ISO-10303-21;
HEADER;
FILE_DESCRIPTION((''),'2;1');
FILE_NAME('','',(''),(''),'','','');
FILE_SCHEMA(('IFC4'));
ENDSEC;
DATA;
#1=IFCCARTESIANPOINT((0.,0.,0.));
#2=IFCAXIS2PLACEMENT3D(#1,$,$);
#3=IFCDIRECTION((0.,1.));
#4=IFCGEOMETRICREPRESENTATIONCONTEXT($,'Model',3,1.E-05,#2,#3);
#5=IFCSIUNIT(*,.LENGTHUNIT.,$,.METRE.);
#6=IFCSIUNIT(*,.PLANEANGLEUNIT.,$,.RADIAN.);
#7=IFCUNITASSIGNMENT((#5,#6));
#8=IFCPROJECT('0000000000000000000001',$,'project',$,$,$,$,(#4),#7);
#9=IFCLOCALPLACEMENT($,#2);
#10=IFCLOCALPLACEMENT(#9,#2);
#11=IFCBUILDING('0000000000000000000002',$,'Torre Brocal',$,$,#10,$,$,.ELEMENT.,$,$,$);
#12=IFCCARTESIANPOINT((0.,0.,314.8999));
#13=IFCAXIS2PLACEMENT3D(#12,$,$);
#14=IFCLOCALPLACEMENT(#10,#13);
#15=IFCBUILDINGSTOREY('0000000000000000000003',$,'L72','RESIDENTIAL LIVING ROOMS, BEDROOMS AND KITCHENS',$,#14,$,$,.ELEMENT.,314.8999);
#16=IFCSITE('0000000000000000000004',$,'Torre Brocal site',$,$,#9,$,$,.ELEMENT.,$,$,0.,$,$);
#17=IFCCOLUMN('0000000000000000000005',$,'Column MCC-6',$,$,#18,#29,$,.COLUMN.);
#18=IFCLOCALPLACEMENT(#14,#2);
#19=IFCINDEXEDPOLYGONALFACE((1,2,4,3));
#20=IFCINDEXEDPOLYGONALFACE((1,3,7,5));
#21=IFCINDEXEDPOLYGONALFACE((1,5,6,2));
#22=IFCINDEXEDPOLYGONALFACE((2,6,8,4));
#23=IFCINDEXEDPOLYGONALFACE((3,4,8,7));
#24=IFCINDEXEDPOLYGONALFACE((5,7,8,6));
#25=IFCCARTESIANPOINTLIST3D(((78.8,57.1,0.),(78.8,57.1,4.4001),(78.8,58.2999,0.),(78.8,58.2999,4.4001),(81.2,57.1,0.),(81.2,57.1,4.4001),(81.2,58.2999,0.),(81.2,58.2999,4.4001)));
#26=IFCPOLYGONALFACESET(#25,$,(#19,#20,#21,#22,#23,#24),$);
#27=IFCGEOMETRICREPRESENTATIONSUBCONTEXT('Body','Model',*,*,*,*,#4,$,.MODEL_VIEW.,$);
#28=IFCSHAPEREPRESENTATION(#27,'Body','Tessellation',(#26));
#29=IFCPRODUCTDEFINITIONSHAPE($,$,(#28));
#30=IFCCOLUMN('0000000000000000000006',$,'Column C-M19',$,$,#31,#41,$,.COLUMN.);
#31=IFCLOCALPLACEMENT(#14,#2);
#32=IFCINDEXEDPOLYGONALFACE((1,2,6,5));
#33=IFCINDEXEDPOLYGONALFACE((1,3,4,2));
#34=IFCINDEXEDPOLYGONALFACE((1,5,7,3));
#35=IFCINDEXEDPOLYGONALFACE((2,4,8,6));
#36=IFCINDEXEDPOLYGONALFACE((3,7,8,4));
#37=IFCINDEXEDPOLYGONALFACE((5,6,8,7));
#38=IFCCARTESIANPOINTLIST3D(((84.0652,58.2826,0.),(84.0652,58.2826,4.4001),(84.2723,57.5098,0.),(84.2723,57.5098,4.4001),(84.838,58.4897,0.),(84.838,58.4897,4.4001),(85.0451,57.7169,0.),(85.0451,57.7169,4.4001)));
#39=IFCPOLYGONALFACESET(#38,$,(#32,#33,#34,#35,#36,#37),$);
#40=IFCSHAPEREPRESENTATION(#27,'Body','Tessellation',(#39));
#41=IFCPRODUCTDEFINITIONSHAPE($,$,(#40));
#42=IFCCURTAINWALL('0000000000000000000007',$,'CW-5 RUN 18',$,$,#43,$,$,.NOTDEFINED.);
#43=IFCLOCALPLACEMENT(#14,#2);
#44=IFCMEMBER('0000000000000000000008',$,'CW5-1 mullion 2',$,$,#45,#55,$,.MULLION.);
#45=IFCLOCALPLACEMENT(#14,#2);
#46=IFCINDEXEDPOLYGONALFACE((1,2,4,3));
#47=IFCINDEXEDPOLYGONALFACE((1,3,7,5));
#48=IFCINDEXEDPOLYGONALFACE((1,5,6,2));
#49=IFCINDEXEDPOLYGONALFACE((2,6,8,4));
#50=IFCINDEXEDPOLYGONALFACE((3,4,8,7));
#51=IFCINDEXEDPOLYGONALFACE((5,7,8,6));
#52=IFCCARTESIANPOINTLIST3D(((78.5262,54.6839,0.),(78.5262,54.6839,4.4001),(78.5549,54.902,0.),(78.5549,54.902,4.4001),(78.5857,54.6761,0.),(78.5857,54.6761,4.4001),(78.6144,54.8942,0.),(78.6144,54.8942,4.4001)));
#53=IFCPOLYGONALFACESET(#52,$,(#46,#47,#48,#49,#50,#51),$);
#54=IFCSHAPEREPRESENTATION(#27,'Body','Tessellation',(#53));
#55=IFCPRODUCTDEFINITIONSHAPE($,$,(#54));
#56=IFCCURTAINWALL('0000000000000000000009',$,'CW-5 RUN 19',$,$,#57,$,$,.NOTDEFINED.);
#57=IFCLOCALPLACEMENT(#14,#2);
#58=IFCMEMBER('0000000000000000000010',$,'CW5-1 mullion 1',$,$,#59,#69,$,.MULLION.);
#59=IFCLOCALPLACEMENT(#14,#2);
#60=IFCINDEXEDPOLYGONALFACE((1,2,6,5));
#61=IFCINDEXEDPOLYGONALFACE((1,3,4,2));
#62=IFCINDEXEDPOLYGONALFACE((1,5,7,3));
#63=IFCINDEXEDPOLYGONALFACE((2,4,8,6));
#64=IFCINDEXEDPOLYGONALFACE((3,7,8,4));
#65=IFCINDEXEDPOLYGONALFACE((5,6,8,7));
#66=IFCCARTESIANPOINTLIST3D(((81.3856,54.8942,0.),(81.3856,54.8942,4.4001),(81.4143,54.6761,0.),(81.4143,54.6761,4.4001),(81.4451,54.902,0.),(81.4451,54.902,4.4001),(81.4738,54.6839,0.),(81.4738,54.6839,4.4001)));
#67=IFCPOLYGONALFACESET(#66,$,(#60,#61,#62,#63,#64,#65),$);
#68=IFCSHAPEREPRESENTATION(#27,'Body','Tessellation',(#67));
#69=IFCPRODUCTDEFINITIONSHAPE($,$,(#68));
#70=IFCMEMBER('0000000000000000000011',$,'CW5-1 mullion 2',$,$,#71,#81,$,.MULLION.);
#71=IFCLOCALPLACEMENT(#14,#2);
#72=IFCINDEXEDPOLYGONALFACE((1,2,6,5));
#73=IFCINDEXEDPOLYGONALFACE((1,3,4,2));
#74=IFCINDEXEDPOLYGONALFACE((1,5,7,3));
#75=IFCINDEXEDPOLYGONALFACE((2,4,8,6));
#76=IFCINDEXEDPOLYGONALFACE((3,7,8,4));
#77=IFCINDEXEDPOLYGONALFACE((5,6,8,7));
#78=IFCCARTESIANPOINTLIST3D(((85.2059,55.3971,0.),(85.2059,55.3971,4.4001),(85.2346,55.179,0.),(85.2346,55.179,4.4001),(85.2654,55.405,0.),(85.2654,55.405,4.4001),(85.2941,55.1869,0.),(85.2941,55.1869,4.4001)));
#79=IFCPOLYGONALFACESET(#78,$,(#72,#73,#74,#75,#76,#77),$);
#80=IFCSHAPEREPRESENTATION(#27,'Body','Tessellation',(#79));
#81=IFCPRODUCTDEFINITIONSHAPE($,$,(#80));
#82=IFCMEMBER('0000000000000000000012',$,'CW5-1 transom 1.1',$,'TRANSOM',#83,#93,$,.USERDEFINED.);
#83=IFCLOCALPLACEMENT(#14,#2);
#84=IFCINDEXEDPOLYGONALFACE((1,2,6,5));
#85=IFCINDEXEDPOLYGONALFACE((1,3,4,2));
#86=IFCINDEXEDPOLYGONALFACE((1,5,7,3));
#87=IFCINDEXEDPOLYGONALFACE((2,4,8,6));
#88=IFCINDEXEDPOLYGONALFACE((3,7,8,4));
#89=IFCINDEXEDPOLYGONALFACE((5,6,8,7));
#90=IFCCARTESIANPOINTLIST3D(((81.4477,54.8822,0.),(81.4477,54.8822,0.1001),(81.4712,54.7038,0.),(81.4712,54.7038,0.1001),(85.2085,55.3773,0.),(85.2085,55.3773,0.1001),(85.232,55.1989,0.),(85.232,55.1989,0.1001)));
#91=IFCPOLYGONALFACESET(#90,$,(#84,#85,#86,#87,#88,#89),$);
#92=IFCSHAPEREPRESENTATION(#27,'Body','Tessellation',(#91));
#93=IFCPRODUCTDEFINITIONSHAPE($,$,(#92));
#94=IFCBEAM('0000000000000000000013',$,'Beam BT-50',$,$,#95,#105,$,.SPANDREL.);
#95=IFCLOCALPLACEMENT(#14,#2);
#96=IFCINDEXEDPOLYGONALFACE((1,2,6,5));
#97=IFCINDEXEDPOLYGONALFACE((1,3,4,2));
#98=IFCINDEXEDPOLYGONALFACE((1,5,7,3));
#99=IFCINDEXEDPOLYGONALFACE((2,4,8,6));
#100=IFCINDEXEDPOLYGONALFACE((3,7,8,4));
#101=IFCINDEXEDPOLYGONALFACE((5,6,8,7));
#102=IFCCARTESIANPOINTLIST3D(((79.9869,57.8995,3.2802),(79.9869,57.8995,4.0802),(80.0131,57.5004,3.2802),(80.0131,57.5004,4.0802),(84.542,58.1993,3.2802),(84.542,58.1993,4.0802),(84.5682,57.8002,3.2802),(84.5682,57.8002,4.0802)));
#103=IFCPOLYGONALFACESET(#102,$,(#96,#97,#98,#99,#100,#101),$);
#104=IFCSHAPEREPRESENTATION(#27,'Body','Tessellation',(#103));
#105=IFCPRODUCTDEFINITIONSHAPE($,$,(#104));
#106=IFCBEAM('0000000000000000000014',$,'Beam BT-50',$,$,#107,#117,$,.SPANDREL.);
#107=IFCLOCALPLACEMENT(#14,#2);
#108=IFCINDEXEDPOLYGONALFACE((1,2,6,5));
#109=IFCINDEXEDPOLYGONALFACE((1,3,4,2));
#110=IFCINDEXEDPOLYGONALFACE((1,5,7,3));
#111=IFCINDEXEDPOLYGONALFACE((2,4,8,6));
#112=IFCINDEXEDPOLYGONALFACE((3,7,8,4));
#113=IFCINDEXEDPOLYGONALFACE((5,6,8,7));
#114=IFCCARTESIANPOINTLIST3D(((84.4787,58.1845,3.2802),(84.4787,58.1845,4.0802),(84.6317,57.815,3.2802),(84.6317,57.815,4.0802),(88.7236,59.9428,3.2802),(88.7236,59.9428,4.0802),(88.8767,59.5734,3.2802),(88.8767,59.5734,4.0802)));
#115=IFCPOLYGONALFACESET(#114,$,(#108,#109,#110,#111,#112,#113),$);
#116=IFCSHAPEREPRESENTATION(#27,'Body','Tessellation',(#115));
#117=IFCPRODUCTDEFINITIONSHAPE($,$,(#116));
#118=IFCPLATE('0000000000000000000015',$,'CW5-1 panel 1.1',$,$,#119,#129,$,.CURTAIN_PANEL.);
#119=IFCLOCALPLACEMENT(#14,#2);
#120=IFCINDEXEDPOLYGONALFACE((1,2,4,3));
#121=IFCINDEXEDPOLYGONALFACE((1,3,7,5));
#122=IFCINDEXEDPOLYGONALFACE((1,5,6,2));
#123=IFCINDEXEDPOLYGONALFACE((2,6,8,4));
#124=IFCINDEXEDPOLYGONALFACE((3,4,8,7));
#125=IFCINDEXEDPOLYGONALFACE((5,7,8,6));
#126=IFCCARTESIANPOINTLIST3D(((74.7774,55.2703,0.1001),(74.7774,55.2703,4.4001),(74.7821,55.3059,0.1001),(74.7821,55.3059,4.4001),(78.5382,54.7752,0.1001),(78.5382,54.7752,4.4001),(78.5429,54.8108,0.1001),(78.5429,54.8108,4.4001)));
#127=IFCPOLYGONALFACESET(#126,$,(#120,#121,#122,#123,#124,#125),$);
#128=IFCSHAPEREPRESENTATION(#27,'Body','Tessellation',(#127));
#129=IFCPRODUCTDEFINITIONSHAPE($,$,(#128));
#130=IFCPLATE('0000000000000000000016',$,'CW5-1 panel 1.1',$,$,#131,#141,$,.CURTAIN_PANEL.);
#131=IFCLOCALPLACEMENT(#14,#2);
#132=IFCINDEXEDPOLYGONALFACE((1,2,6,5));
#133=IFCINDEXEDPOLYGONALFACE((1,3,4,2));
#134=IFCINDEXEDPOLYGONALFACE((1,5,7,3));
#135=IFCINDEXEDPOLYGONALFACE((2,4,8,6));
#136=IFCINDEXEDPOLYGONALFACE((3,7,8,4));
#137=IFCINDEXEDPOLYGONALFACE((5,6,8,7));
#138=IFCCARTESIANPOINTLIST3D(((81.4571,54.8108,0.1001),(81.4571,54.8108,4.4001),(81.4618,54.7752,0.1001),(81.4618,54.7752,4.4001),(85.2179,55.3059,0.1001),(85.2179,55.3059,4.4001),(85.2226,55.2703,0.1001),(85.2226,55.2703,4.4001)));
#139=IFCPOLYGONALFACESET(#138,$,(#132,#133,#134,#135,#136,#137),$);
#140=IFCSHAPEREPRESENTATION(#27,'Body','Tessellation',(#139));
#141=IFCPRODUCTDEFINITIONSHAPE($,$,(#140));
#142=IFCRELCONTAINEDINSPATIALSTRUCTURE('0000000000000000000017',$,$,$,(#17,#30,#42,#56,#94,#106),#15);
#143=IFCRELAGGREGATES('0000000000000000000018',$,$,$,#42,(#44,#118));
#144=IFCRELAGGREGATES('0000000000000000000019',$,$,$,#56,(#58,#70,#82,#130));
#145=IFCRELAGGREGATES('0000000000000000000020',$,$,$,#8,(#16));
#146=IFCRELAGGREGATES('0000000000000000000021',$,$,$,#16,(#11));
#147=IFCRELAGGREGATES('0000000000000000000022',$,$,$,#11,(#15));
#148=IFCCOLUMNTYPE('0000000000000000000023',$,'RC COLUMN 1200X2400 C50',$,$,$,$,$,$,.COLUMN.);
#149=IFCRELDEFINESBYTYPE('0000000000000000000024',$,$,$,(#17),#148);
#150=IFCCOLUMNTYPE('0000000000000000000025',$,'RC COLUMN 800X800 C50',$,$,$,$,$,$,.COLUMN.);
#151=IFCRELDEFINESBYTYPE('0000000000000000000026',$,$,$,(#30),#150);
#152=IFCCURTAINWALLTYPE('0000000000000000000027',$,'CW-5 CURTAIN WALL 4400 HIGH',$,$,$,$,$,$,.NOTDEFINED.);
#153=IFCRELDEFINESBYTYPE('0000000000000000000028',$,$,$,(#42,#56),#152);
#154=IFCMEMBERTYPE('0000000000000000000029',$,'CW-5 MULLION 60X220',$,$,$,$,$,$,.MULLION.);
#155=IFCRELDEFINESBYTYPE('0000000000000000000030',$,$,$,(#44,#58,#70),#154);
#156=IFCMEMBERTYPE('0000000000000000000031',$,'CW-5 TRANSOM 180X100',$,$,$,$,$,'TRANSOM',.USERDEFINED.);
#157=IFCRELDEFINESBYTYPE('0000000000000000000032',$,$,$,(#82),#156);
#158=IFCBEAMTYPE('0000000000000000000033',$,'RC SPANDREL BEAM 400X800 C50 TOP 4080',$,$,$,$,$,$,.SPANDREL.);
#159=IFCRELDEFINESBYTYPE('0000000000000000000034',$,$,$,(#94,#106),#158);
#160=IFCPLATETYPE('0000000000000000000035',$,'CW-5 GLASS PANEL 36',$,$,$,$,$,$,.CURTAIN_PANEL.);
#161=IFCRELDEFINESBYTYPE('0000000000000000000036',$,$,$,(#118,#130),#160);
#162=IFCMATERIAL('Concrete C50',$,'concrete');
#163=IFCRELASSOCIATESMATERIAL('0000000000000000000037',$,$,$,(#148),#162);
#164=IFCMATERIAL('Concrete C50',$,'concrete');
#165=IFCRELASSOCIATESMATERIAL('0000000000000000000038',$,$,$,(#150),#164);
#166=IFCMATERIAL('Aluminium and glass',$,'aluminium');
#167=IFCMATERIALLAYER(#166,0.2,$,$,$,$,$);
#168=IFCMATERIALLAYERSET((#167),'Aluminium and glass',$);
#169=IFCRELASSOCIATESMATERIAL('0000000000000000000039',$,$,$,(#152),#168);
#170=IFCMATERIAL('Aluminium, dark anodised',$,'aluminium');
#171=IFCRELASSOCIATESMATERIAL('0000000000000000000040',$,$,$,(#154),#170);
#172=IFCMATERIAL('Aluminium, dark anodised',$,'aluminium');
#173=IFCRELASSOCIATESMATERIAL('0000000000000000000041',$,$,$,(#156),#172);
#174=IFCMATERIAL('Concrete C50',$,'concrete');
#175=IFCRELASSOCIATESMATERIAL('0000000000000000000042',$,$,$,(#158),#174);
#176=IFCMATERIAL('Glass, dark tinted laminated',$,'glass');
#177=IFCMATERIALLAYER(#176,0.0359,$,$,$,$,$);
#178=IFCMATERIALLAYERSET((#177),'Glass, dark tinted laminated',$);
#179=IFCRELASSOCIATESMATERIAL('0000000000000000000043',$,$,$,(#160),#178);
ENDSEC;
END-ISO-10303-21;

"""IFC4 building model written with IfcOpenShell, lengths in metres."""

from ifc_helpers import new_model, si_unit, direction, frame, origin, origin_2d, place, context, subcontext, project, spatial, rectangle, extrude, material, layer, layer_set, material_profile, profile_set, type_object, element, aggregate, save


model = new_model("IFC4")

# Units and contexts
model_context = context("Model", 3, precision=1e-05, world=origin(), true_north=direction((0.0, 1.0)))
body_context = subcontext(model_context, "Body", "Model", "MODEL_VIEW")
ifc_project = project(units=[si_unit("LENGTHUNIT", "METRE"), si_unit("PLANEANGLEUNIT", "RADIAN")], contexts=[model_context])

# Site, building, storey
site_placement = place(None, origin())
site = spatial("IfcSite", under=ifc_project, at=site_placement, Name="Torre Brocal site", CompositionType="ELEMENT", RefElevation=0.0)
building_placement = place(site_placement, origin())
building = spatial("IfcBuilding", under=site, at=building_placement, Name="Torre Brocal", CompositionType="ELEMENT")
storey_placement = place(building_placement, frame((0.0, 0.0, 314.8999)))
storey = spatial("IfcBuildingStorey", under=building, at=storey_placement, Name="L72", Description="RESIDENTIAL LIVING ROOMS, BEDROOMS AND KITCHENS", CompositionType="ELEMENT", Elevation=314.8999)

# Columns
ifc_material_1 = material(Name="Concrete C50", Category="concrete")
ifc_material_profile_1 = material_profile(ifc_material_1, rectangle(XDim=1.2, YDim=2.3999, at=origin_2d()), Name="RC 1200X2400")
ifc_profile_set_1 = profile_set([ifc_material_profile_1], Name="Concrete C50")
column_type_1 = type_object("IfcColumnType", Name="RC COLUMN 1200X2400 C50", PredefinedType="COLUMN", material=ifc_profile_set_1)
column_1_placement = place(storey_placement, frame((80.0, 57.7, 0.0), z_axis=(0.0, 0.0, 1.0), x_axis=(0.0, -1.0, 0.0)))
element("IfcColumn", 1, at=column_1_placement, inside=storey, type_object=column_type_1, Name="Column MCC-6", PredefinedType="COLUMN", context=body_context, shape_type="SweptSolid", body=[
    extrude(rectangle(XDim=1.2, YDim=2.3999, at=origin_2d()), origin(), (0.0, 0.0, 1.0), 4.4001),
])
ifc_material_2 = material(Name="Concrete C50", Category="concrete")
ifc_material_profile_2 = material_profile(ifc_material_2, rectangle(XDim=0.8, YDim=0.8, at=origin_2d()), Name="RC 800X800")
ifc_profile_set_2 = profile_set([ifc_material_profile_2], Name="Concrete C50")
column_type_2 = type_object("IfcColumnType", Name="RC COLUMN 800X800 C50", PredefinedType="COLUMN", material=ifc_profile_set_2)
column_2_placement = place(storey_placement, frame((84.5552, 57.9998, 0.0), z_axis=(0.0, 0.0, 1.0), x_axis=(0.258819, -0.965926, 0.0)))
element("IfcColumn", 2, at=column_2_placement, inside=storey, type_object=column_type_2, Name="Column C-M19", PredefinedType="COLUMN", context=body_context, shape_type="SweptSolid", body=[
    extrude(rectangle(XDim=0.8, YDim=0.8, at=origin_2d()), origin(), (0.0, 0.0, 1.0), 4.4001),
])

# Curtain wall, member
ifc_material_3 = material(Name="Aluminium and glass", Category="aluminium")
ifc_layer_1 = layer(ifc_material_3, 0.2)
ifc_layer_set_1 = layer_set([ifc_layer_1], Name="Aluminium and glass")
curtain_wall_type = type_object("IfcCurtainWallType", Name="CW-5 CURTAIN WALL 4400 HIGH", PredefinedType="NOTDEFINED", material=ifc_layer_set_1)
curtain_wall_1_placement = place(storey_placement, origin())
curtain_wall_1 = element("IfcCurtainWall", 3, at=curtain_wall_1_placement, inside=storey, type_object=curtain_wall_type, Name="CW-5 RUN 18", PredefinedType="NOTDEFINED")
ifc_material_4 = material(Name="Aluminium, dark anodised", Category="aluminium")
ifc_material_profile_3 = material_profile(ifc_material_4, rectangle(XDim=0.22, YDim=0.0601, at=origin_2d()), Name="CW-5 MULLION 60X220")
ifc_profile_set_3 = profile_set([ifc_material_profile_3], Name="Aluminium, dark anodised")
member_type_1 = type_object("IfcMemberType", Name="CW-5 MULLION 60X220", PredefinedType="MULLION", material=ifc_profile_set_3)
member_1_placement = place(storey_placement, frame((78.5703, 54.7891, 0.0), z_axis=(0.0, 0.0, 1.0), x_axis=(0.130526, 0.991445, 0.0)))
member_1 = element("IfcMember", 4, at=member_1_placement, type_object=member_type_1, Name="CW5-1 mullion 2", PredefinedType="MULLION", context=body_context, shape_type="SweptSolid", body=[
    extrude(rectangle(XDim=0.22, YDim=0.0601, at=origin_2d()), origin(), (0.0, 0.0, 1.0), 4.4001),
])

# Curtain wall, members
curtain_wall_2_placement = place(storey_placement, origin())
curtain_wall_2 = element("IfcCurtainWall", 5, at=curtain_wall_2_placement, inside=storey, type_object=curtain_wall_type, Name="CW-5 RUN 19", PredefinedType="NOTDEFINED")
member_2_placement = place(storey_placement, frame((81.4297, 54.7891, 0.0), z_axis=(0.0, 0.0, 1.0), x_axis=(-0.130526, 0.991445, 0.0)))
member_2 = element("IfcMember", 6, at=member_2_placement, type_object=member_type_1, Name="CW5-1 mullion 1", PredefinedType="MULLION", context=body_context, shape_type="SweptSolid", body=[
    extrude(rectangle(XDim=0.22, YDim=0.0601, at=origin_2d()), origin(), (0.0, 0.0, 1.0), 4.4001),
])
member_3_placement = place(storey_placement, frame((85.25, 55.292, 0.0), z_axis=(0.0, 0.0, 1.0), x_axis=(-0.130526, 0.991445, 0.0)))
member_3 = element("IfcMember", 7, at=member_3_placement, type_object=member_type_1, Name="CW5-1 mullion 2", PredefinedType="MULLION", context=body_context, shape_type="SweptSolid", body=[
    extrude(rectangle(XDim=0.22, YDim=0.0601, at=origin_2d()), origin(), (0.0, 0.0, 1.0), 4.4001),
])
ifc_material_5 = material(Name="Aluminium, dark anodised", Category="aluminium")
ifc_material_profile_4 = material_profile(ifc_material_5, rectangle(XDim=0.1799, YDim=0.1001, at=origin_2d()), Name="CW-5 TRANSOM 180X100")
ifc_profile_set_4 = profile_set([ifc_material_profile_4], Name="Aluminium, dark anodised")
member_type_2 = type_object("IfcMemberType", Name="CW-5 TRANSOM 180X100", ElementType="TRANSOM", PredefinedType="USERDEFINED", material=ifc_profile_set_4)
member_4_placement = place(storey_placement, frame((81.4595, 54.793, 0.05), z_axis=(0.991445, 0.130528, 0.0), x_axis=(-0.130528, 0.991445, 0.0)))
member_4 = element("IfcMember", 8, at=member_4_placement, type_object=member_type_2, Name="CW5-1 transom 1.1", ObjectType="TRANSOM", PredefinedType="USERDEFINED", context=body_context, shape_type="SweptSolid", body=[
    extrude(rectangle(XDim=0.1799, YDim=0.1001, at=origin_2d()), origin(), (0.0, 0.0, 1.0), 3.7932),
])

# Beams
ifc_material_6 = material(Name="Concrete C50", Category="concrete")
ifc_material_profile_5 = material_profile(ifc_material_6, rectangle(XDim=0.3999, YDim=0.8, at=origin_2d()), Name="RC 400X800")
ifc_profile_set_5 = profile_set([ifc_material_profile_5], Name="Concrete C50")
beam_type = type_object("IfcBeamType", Name="RC SPANDREL BEAM 400X800 C50 TOP 4080", PredefinedType="SPANDREL", material=ifc_profile_set_5)
beam_1_placement = place(storey_placement, frame((80.0, 57.7, 3.6802), z_axis=(0.997841, 0.065674, 0.0), x_axis=(-0.065674, 0.997841, 0.0)))
element("IfcBeam", 9, at=beam_1_placement, inside=storey, type_object=beam_type, Name="Beam BT-50", PredefinedType="SPANDREL", context=body_context, shape_type="SweptSolid", body=[
    extrude(rectangle(XDim=0.3999, YDim=0.8, at=origin_2d()), origin(), (0.0, 0.0, 1.0), 4.5649),
])
beam_2_placement = place(storey_placement, frame((84.5552, 57.9998, 3.6802), z_axis=(0.923878, 0.382687, 0.0), x_axis=(-0.382687, 0.923878, 0.0)))
element("IfcBeam", 10, at=beam_2_placement, inside=storey, type_object=beam_type, Name="Beam BT-50", PredefinedType="SPANDREL", context=body_context, shape_type="SweptSolid", body=[
    extrude(rectangle(XDim=0.3999, YDim=0.8, at=origin_2d()), origin(), (0.0, 0.0, 1.0), 4.5947),
])

# Plates
ifc_material_7 = material(Name="Glass, dark tinted laminated", Category="glass")
ifc_layer_2 = layer(ifc_material_7, 0.0359)
ifc_layer_set_2 = layer_set([ifc_layer_2], Name="Glass, dark tinted laminated")
plate_type = type_object("IfcPlateType", Name="CW-5 GLASS PANEL 36", PredefinedType="CURTAIN_PANEL", material=ifc_layer_set_2)
plate_1_placement = place(storey_placement, frame((76.6602, 55.0405, 0.1001), z_axis=(0.0, 0.0, 1.0), x_axis=(0.991445, -0.130526, 0.0)))
plate_1 = element("IfcPlate", 11, at=plate_1_placement, type_object=plate_type, Name="CW5-1 panel 1.1", PredefinedType="CURTAIN_PANEL", context=body_context, shape_type="SweptSolid", body=[
    extrude(rectangle(XDim=3.7932, YDim=0.0359, at=origin_2d()), origin(), (0.0, 0.0, 1.0), 4.3),
])
aggregate(curtain_wall_1, [member_1, plate_1])
plate_2_placement = place(storey_placement, frame((83.3398, 55.0405, 0.1001), z_axis=(0.0, 0.0, 1.0), x_axis=(0.991445, 0.130526, 0.0)))
plate_2 = element("IfcPlate", 12, at=plate_2_placement, type_object=plate_type, Name="CW5-1 panel 1.1", PredefinedType="CURTAIN_PANEL", context=body_context, shape_type="SweptSolid", body=[
    extrude(rectangle(XDim=3.7932, YDim=0.0359, at=origin_2d()), origin(), (0.0, 0.0, 1.0), 4.3),
])
aggregate(curtain_wall_2, [member_2, member_3, member_4, plate_2])

save(model, "model.ifc")
